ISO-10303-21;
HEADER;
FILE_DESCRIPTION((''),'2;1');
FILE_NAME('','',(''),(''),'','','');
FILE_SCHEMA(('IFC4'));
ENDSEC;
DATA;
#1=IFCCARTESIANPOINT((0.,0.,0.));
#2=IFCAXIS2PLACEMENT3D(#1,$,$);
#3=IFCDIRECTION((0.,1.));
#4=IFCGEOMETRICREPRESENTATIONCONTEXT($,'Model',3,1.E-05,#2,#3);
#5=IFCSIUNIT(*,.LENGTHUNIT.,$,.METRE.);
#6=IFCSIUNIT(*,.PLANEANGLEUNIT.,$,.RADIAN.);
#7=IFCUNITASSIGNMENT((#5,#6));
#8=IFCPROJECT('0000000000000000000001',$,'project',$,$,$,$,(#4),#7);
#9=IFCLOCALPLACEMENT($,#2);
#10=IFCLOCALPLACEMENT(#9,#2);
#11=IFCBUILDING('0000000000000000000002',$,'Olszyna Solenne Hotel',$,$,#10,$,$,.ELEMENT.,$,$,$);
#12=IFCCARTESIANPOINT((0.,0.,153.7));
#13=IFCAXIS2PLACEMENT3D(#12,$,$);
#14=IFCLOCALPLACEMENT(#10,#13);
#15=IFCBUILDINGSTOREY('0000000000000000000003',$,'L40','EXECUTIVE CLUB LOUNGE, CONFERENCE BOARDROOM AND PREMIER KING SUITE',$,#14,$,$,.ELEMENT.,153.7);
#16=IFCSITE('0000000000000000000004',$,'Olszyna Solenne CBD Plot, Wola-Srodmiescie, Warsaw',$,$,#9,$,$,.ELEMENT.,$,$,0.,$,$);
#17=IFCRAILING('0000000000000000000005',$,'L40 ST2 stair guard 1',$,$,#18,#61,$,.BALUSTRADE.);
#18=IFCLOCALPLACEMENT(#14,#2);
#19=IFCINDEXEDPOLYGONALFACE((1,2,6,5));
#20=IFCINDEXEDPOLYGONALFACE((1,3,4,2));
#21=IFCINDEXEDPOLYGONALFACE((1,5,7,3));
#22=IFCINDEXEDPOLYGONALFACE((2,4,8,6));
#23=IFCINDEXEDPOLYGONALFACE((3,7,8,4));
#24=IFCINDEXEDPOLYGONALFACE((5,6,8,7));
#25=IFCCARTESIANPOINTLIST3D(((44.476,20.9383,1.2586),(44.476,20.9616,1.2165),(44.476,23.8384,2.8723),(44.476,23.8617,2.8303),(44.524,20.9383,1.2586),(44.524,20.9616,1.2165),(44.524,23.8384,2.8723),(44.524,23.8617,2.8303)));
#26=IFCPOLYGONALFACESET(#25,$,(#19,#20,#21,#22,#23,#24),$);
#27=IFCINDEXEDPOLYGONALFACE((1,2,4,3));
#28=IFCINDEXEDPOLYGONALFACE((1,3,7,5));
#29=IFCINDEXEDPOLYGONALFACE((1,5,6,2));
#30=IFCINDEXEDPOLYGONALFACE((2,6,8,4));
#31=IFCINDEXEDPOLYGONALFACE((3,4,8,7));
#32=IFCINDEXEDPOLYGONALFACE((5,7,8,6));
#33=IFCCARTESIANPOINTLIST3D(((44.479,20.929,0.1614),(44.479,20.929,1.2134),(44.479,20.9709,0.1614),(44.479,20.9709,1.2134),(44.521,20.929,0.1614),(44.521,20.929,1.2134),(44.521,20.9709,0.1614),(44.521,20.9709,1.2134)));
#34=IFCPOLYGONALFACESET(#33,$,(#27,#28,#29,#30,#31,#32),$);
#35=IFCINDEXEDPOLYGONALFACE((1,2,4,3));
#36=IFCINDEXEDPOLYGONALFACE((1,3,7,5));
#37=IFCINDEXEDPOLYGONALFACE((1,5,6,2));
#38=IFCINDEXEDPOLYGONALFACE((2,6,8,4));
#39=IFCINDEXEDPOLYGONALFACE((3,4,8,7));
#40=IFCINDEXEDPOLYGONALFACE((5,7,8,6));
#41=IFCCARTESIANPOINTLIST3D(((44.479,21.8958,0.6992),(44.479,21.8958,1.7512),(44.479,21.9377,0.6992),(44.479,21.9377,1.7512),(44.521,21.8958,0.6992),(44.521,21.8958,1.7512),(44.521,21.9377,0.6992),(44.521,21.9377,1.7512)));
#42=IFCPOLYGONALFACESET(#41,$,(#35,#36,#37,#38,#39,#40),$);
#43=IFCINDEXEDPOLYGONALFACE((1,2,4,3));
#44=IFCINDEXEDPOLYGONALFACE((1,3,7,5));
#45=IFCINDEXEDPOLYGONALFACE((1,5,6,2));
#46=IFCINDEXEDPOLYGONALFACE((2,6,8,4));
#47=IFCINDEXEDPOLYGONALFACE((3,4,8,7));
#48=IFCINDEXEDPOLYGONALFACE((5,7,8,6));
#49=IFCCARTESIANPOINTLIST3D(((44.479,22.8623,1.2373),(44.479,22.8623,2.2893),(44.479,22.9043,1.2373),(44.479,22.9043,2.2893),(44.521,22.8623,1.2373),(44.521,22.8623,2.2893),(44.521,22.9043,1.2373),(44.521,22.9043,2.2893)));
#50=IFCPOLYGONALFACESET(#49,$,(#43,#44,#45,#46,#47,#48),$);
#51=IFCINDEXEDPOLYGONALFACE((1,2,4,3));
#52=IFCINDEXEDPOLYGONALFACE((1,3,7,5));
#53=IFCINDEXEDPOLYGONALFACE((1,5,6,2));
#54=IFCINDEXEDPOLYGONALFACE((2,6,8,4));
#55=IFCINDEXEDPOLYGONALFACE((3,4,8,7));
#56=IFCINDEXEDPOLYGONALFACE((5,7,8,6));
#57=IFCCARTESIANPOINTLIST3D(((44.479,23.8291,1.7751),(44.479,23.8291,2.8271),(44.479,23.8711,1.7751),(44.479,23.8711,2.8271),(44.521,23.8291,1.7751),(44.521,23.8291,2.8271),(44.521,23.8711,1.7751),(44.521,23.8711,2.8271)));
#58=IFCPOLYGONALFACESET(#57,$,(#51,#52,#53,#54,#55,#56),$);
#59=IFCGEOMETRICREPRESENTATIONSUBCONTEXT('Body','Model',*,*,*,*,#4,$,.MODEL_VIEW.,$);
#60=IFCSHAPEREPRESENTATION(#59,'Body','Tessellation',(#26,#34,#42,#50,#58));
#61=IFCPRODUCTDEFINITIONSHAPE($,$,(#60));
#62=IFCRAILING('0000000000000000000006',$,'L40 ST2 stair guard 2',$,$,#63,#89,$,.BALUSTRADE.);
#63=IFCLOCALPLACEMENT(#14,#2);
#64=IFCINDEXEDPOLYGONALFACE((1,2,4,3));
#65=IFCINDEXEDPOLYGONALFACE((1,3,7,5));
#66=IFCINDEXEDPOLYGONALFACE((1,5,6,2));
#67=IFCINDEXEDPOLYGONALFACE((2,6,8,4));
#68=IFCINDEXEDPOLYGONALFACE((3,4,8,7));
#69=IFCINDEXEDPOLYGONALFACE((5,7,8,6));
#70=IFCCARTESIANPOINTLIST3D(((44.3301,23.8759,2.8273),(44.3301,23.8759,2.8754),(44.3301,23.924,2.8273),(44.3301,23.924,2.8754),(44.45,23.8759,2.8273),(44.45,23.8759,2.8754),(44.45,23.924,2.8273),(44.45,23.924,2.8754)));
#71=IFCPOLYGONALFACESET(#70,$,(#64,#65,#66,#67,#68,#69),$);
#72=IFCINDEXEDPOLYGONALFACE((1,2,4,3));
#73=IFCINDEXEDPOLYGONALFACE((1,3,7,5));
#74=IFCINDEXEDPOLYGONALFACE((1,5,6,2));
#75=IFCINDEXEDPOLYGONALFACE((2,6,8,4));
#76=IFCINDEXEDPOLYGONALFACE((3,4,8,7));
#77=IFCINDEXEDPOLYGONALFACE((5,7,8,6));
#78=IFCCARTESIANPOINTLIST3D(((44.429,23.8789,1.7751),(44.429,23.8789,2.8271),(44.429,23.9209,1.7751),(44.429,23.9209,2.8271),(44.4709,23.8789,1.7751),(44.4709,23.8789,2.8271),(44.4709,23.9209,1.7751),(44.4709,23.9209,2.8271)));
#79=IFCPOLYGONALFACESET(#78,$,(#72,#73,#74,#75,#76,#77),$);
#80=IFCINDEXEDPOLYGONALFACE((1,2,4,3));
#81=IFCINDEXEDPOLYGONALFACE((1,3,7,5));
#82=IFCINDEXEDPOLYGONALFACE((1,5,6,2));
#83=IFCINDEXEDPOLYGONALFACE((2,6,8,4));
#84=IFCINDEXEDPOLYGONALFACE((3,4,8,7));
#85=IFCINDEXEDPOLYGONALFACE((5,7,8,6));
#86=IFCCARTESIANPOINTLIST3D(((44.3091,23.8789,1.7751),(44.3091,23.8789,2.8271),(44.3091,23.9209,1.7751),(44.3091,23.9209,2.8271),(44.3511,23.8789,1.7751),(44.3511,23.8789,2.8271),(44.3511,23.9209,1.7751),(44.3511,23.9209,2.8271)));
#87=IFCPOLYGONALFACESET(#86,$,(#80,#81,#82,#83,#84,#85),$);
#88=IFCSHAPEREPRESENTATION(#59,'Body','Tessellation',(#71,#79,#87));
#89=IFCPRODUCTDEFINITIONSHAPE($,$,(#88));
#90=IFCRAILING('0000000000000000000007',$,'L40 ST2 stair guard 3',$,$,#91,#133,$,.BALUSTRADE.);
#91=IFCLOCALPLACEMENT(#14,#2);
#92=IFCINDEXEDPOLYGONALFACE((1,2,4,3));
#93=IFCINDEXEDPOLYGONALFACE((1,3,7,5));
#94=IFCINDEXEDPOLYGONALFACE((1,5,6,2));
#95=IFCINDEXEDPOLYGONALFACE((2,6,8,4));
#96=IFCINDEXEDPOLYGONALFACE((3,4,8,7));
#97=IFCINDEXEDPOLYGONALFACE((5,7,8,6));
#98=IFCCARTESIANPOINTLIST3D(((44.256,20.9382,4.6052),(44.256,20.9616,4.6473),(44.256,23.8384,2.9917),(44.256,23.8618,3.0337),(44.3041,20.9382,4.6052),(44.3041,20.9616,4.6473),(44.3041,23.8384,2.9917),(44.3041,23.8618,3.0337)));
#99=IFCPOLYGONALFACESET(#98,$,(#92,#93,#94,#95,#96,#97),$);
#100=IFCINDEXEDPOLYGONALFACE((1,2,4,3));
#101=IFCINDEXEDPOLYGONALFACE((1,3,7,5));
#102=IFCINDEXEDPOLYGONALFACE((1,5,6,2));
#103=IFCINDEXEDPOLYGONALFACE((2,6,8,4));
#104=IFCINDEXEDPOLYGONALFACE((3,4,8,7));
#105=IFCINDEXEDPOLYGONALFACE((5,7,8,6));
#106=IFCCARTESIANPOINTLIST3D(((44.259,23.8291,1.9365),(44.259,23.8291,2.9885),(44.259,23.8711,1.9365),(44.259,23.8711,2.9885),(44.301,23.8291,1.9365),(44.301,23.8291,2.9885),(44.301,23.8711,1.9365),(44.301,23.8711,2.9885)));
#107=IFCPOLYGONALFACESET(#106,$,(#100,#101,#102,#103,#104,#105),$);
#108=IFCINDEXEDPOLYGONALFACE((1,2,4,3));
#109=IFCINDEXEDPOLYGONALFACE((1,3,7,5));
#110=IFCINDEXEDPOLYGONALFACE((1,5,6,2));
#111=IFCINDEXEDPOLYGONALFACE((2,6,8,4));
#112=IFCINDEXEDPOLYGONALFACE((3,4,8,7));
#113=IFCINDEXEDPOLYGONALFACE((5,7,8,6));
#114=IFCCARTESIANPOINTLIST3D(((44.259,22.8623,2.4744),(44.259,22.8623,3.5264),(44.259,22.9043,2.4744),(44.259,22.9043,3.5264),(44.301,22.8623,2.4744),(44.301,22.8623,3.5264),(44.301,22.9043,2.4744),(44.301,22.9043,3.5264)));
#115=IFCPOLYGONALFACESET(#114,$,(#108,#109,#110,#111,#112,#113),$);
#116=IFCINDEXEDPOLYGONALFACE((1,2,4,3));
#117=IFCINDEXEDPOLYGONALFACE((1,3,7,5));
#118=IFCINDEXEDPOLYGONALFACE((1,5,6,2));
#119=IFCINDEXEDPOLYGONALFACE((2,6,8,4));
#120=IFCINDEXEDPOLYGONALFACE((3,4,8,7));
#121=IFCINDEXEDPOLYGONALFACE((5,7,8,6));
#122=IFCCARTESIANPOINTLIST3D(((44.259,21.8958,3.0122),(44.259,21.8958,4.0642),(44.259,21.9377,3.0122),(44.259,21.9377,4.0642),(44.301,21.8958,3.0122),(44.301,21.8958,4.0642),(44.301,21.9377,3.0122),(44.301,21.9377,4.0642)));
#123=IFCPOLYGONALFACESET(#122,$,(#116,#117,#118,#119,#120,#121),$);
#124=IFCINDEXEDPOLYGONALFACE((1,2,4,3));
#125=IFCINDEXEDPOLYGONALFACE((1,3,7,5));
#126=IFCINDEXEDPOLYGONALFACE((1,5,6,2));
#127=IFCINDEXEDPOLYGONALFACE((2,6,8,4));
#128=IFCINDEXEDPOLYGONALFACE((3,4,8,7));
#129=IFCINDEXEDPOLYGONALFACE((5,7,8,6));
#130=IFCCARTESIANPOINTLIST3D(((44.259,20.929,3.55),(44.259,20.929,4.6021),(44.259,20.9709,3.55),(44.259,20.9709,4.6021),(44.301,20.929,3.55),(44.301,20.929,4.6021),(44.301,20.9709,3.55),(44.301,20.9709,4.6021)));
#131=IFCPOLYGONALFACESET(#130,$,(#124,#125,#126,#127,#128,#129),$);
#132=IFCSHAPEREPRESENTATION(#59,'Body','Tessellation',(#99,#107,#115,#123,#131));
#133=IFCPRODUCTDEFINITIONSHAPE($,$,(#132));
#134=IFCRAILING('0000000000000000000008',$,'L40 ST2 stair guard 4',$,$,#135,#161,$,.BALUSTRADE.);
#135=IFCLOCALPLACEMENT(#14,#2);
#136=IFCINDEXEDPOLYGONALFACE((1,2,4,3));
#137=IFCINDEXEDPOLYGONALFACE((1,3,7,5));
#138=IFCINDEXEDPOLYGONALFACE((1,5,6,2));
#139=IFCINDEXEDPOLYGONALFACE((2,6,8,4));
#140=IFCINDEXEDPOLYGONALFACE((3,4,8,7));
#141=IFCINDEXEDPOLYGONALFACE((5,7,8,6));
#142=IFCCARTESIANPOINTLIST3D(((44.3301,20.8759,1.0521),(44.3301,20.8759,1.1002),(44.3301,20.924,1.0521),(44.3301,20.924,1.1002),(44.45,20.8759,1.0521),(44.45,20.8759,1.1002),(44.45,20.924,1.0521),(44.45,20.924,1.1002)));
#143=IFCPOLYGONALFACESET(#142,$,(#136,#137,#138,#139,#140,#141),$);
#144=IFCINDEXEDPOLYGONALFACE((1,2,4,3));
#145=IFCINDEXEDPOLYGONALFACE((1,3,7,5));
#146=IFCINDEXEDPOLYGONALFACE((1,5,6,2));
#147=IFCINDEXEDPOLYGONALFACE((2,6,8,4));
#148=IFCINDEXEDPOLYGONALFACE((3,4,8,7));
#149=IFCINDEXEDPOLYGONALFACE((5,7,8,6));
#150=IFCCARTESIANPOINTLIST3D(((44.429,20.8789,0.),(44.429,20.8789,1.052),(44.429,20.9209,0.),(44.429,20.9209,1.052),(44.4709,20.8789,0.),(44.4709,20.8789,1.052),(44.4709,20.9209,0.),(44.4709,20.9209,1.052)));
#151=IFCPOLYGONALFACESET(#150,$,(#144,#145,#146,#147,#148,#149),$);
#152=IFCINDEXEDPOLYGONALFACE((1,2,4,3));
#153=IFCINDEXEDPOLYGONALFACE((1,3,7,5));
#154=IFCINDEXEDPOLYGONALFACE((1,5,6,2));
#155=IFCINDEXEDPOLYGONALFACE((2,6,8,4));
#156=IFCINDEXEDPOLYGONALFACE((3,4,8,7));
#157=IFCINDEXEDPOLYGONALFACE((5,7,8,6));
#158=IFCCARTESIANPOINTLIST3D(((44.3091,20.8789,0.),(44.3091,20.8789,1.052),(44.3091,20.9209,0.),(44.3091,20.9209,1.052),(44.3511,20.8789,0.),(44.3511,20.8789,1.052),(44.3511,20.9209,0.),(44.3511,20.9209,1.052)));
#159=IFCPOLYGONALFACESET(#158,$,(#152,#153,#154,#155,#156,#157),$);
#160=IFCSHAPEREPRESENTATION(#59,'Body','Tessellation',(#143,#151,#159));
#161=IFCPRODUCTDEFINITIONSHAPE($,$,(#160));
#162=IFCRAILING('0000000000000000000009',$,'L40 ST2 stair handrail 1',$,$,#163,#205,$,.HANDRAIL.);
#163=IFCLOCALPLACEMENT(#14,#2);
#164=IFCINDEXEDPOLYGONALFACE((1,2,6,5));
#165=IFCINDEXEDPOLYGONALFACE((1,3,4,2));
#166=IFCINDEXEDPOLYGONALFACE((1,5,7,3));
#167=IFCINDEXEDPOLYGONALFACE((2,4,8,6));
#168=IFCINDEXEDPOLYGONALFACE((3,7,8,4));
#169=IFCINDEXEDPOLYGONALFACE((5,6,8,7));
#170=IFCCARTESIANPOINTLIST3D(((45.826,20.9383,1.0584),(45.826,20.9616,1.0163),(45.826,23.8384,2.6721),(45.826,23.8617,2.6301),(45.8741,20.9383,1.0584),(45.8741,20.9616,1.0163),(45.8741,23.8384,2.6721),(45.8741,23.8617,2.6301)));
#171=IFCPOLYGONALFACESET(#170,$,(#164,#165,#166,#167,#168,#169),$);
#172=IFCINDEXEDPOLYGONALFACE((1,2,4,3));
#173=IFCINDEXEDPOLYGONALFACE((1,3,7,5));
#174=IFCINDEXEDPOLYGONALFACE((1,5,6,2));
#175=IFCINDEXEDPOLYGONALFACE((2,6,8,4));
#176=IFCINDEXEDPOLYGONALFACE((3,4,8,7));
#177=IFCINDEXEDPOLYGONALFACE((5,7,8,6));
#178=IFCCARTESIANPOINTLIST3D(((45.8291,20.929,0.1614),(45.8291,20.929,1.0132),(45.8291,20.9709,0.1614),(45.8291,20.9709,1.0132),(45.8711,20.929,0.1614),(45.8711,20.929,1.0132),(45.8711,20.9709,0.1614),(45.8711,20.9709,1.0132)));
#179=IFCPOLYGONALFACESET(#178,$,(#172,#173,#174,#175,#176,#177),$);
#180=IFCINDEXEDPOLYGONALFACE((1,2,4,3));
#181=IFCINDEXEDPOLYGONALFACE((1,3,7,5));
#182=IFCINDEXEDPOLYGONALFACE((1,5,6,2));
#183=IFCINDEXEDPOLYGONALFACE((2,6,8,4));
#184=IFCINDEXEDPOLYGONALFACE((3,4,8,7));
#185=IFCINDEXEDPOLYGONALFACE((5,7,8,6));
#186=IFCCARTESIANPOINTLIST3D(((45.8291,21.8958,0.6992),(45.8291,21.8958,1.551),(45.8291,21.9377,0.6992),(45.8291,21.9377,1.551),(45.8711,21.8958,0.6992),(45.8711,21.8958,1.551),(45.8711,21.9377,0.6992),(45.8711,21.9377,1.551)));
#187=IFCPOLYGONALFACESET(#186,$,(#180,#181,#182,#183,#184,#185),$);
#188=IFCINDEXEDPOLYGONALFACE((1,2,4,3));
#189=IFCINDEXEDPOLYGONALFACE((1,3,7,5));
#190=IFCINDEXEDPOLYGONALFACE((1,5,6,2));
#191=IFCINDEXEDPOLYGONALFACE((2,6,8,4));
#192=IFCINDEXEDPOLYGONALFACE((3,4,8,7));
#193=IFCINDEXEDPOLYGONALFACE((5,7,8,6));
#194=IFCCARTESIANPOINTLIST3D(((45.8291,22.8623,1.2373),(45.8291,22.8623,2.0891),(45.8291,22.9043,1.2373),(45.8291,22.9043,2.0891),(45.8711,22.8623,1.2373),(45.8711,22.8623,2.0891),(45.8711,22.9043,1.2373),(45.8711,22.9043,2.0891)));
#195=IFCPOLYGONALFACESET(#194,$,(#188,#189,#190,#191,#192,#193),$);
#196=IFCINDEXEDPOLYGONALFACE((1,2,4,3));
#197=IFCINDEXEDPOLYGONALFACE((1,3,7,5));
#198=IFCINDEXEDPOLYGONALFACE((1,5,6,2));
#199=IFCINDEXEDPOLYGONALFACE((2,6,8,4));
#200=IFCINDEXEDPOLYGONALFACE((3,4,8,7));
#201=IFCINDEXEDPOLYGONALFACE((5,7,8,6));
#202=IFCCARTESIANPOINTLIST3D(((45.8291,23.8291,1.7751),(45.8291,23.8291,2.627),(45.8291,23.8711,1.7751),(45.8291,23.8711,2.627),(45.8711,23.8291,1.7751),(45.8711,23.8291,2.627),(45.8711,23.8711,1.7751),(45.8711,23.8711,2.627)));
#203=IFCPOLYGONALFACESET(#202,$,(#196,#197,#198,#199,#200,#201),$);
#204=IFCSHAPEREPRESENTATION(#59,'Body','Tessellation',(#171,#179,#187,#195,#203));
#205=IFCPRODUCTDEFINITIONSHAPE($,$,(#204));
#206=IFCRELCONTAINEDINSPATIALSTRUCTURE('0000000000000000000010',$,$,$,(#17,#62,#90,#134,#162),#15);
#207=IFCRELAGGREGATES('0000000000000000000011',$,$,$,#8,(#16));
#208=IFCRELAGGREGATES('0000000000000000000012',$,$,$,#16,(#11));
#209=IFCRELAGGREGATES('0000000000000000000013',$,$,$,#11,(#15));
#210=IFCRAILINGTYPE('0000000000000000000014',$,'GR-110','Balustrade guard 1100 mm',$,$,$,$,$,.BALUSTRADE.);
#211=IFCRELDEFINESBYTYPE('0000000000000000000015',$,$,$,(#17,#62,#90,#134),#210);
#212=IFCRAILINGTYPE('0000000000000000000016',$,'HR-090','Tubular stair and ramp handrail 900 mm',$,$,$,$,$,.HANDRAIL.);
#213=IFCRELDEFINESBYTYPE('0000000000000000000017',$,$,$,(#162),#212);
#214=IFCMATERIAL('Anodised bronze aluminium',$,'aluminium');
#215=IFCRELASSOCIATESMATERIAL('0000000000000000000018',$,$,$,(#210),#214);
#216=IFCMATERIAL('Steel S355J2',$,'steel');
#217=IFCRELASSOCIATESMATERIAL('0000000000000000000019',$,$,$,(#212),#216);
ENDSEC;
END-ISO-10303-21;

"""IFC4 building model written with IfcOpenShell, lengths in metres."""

from ifc_helpers import new_model, si_unit, direction, frame, origin, origin_2d, place, context, subcontext, project, spatial, rectangle, extrude, material, type_object, element, save


model = new_model("IFC4")

# Units and contexts
model_context = context("Model", 3, precision=1e-05, world=origin(), true_north=direction((0.0, 1.0)))
body_context = subcontext(model_context, "Body", "Model", "MODEL_VIEW")
ifc_project = project(units=[si_unit("LENGTHUNIT", "METRE"), si_unit("PLANEANGLEUNIT", "RADIAN")], contexts=[model_context])

# Site, building, storey
site_placement = place(None, origin())
site = spatial("IfcSite", under=ifc_project, at=site_placement, Name="Olszyna Solenne CBD Plot, Wola-Srodmiescie, Warsaw", CompositionType="ELEMENT", RefElevation=0.0)
building_placement = place(site_placement, origin())
building = spatial("IfcBuilding", under=site, at=building_placement, Name="Olszyna Solenne Hotel", CompositionType="ELEMENT")
storey_placement = place(building_placement, frame((0.0, 0.0, 153.7)))
storey = spatial("IfcBuildingStorey", under=building, at=storey_placement, Name="L40", Description="EXECUTIVE CLUB LOUNGE, CONFERENCE BOARDROOM AND PREMIER KING SUITE", CompositionType="ELEMENT", Elevation=153.7)

# Shared definitions
ifc_material_1 = material(Name="Steel S355J2", Category="steel")

# Railings
ifc_material_2 = material(Name="Anodised bronze aluminium", Category="aluminium")
railing_type_1 = type_object("IfcRailingType", Name="GR-110", Description="Balustrade guard 1100 mm", PredefinedType="BALUSTRADE", material=ifc_material_2)
railing_1_placement = place(storey_placement, frame((44.5, 20.95, 0.1614)))
element("IfcRailing", 1, at=railing_1_placement, inside=storey, type_object=railing_type_1, Name="L40 ST2 stair guard 1", PredefinedType="BALUSTRADE", context=body_context, shape_type="SweptSolid", body=[
    extrude(rectangle(XDim=0.0481, YDim=0.0481, at=origin_2d()), frame((0.0, 0.0, 1.0762), z_axis=(0.0, 0.873827, 0.486236), x_axis=(-1.0, 0.0, 0.0)), (0.0, 0.0, 1.0), 3.3188),
    extrude(rectangle(XDim=0.042, YDim=0.042, at=origin_2d()), origin(), (0.0, 0.0, 1.0), 1.052),
    extrude(rectangle(XDim=0.042, YDim=0.042, at=origin_2d()), frame((0.0, 0.9668, 0.5378)), (0.0, 0.0, 1.0), 1.052),
    extrude(rectangle(XDim=0.042, YDim=0.042, at=origin_2d()), frame((0.0, 1.9333, 1.0759)), (0.0, 0.0, 1.0), 1.052),
    extrude(rectangle(XDim=0.042, YDim=0.042, at=origin_2d()), frame((0.0, 2.9001, 1.6138)), (0.0, 0.0, 1.0), 1.052),
])
railing_2_placement = place(storey_placement, frame((44.45, 23.8999, 1.7751)))
element("IfcRailing", 2, at=railing_2_placement, inside=storey, type_object=railing_type_1, Name="L40 ST2 stair guard 2", PredefinedType="BALUSTRADE", context=body_context, shape_type="SweptSolid", body=[
    extrude(rectangle(XDim=0.0481, YDim=0.0481, at=origin_2d()), frame((0.0, 0.0, 1.0762), z_axis=(-1.0, 0.0, 0.0), x_axis=(0.0, -1.0, 0.0)), (0.0, 0.0, 1.0), 0.1199),
    extrude(rectangle(XDim=0.042, YDim=0.042, at=origin_2d()), origin(), (0.0, 0.0, 1.0), 1.052),
    extrude(rectangle(XDim=0.042, YDim=0.042, at=origin_2d()), frame((-0.1199, 0.0, 0.0)), (0.0, 0.0, 1.0), 1.052),
])
railing_3_placement = place(storey_placement, frame((44.28, 23.8501, 1.9365)))
element("IfcRailing", 3, at=railing_3_placement, inside=storey, type_object=railing_type_1, Name="L40 ST2 stair guard 3", PredefinedType="BALUSTRADE", context=body_context, shape_type="SweptSolid", body=[
    extrude(rectangle(XDim=0.0481, YDim=0.0481, at=origin_2d()), frame((0.0, 0.0, 1.0762), z_axis=(0.0, -0.873859, 0.48618), x_axis=(1.0, 0.0, 0.0)), (0.0, 0.0, 1.0), 3.3188),
    extrude(rectangle(XDim=0.042, YDim=0.042, at=origin_2d()), origin(), (0.0, 0.0, 1.0), 1.052),
    extrude(rectangle(XDim=0.042, YDim=0.042, at=origin_2d()), frame((0.0, -0.9668, 0.5378)), (0.0, 0.0, 1.0), 1.052),
    extrude(rectangle(XDim=0.042, YDim=0.042, at=origin_2d()), frame((0.0, -1.9333, 1.0757)), (0.0, 0.0, 1.0), 1.052),
    extrude(rectangle(XDim=0.042, YDim=0.042, at=origin_2d()), frame((0.0, -2.9001, 1.6135)), (0.0, 0.0, 1.0), 1.052),
])
railing_4_placement = place(storey_placement, frame((44.45, 20.8999, 0.0)))
element("IfcRailing", 4, at=railing_4_placement, inside=storey, type_object=railing_type_1, Name="L40 ST2 stair guard 4", PredefinedType="BALUSTRADE", context=body_context, shape_type="SweptSolid", body=[
    extrude(rectangle(XDim=0.0481, YDim=0.0481, at=origin_2d()), frame((0.0, 0.0, 1.0762), z_axis=(-1.0, 0.0, 0.0), x_axis=(0.0, -1.0, 0.0)), (0.0, 0.0, 1.0), 0.1199),
    extrude(rectangle(XDim=0.042, YDim=0.042, at=origin_2d()), origin(), (0.0, 0.0, 1.0), 1.052),
    extrude(rectangle(XDim=0.042, YDim=0.042, at=origin_2d()), frame((-0.1199, 0.0, 0.0)), (0.0, 0.0, 1.0), 1.052),
])
railing_type_2 = type_object("IfcRailingType", Name="HR-090", Description="Tubular stair and ramp handrail 900 mm", PredefinedType="HANDRAIL", material=ifc_material_1)
railing_5_placement = place(storey_placement, frame((45.8501, 20.95, 0.1614)))
element("IfcRailing", 5, at=railing_5_placement, inside=storey, type_object=railing_type_2, Name="L40 ST2 stair handrail 1", PredefinedType="HANDRAIL", context=body_context, shape_type="SweptSolid", body=[
    extrude(rectangle(XDim=0.0481, YDim=0.0481, at=origin_2d()), frame((0.0, 0.0, 0.876), z_axis=(0.0, 0.873827, 0.486236), x_axis=(-1.0, 0.0, 0.0)), (0.0, 0.0, 1.0), 3.3188),
    extrude(rectangle(XDim=0.042, YDim=0.042, at=origin_2d()), origin(), (0.0, 0.0, 1.0), 0.8518),
    extrude(rectangle(XDim=0.042, YDim=0.042, at=origin_2d()), frame((0.0, 0.9668, 0.5378)), (0.0, 0.0, 1.0), 0.8518),
    extrude(rectangle(XDim=0.042, YDim=0.042, at=origin_2d()), frame((0.0, 1.9333, 1.0759)), (0.0, 0.0, 1.0), 0.8518),
    extrude(rectangle(XDim=0.042, YDim=0.042, at=origin_2d()), frame((0.0, 2.9001, 1.6138)), (0.0, 0.0, 1.0), 0.8518),
])

save(model, "model.ifc")
